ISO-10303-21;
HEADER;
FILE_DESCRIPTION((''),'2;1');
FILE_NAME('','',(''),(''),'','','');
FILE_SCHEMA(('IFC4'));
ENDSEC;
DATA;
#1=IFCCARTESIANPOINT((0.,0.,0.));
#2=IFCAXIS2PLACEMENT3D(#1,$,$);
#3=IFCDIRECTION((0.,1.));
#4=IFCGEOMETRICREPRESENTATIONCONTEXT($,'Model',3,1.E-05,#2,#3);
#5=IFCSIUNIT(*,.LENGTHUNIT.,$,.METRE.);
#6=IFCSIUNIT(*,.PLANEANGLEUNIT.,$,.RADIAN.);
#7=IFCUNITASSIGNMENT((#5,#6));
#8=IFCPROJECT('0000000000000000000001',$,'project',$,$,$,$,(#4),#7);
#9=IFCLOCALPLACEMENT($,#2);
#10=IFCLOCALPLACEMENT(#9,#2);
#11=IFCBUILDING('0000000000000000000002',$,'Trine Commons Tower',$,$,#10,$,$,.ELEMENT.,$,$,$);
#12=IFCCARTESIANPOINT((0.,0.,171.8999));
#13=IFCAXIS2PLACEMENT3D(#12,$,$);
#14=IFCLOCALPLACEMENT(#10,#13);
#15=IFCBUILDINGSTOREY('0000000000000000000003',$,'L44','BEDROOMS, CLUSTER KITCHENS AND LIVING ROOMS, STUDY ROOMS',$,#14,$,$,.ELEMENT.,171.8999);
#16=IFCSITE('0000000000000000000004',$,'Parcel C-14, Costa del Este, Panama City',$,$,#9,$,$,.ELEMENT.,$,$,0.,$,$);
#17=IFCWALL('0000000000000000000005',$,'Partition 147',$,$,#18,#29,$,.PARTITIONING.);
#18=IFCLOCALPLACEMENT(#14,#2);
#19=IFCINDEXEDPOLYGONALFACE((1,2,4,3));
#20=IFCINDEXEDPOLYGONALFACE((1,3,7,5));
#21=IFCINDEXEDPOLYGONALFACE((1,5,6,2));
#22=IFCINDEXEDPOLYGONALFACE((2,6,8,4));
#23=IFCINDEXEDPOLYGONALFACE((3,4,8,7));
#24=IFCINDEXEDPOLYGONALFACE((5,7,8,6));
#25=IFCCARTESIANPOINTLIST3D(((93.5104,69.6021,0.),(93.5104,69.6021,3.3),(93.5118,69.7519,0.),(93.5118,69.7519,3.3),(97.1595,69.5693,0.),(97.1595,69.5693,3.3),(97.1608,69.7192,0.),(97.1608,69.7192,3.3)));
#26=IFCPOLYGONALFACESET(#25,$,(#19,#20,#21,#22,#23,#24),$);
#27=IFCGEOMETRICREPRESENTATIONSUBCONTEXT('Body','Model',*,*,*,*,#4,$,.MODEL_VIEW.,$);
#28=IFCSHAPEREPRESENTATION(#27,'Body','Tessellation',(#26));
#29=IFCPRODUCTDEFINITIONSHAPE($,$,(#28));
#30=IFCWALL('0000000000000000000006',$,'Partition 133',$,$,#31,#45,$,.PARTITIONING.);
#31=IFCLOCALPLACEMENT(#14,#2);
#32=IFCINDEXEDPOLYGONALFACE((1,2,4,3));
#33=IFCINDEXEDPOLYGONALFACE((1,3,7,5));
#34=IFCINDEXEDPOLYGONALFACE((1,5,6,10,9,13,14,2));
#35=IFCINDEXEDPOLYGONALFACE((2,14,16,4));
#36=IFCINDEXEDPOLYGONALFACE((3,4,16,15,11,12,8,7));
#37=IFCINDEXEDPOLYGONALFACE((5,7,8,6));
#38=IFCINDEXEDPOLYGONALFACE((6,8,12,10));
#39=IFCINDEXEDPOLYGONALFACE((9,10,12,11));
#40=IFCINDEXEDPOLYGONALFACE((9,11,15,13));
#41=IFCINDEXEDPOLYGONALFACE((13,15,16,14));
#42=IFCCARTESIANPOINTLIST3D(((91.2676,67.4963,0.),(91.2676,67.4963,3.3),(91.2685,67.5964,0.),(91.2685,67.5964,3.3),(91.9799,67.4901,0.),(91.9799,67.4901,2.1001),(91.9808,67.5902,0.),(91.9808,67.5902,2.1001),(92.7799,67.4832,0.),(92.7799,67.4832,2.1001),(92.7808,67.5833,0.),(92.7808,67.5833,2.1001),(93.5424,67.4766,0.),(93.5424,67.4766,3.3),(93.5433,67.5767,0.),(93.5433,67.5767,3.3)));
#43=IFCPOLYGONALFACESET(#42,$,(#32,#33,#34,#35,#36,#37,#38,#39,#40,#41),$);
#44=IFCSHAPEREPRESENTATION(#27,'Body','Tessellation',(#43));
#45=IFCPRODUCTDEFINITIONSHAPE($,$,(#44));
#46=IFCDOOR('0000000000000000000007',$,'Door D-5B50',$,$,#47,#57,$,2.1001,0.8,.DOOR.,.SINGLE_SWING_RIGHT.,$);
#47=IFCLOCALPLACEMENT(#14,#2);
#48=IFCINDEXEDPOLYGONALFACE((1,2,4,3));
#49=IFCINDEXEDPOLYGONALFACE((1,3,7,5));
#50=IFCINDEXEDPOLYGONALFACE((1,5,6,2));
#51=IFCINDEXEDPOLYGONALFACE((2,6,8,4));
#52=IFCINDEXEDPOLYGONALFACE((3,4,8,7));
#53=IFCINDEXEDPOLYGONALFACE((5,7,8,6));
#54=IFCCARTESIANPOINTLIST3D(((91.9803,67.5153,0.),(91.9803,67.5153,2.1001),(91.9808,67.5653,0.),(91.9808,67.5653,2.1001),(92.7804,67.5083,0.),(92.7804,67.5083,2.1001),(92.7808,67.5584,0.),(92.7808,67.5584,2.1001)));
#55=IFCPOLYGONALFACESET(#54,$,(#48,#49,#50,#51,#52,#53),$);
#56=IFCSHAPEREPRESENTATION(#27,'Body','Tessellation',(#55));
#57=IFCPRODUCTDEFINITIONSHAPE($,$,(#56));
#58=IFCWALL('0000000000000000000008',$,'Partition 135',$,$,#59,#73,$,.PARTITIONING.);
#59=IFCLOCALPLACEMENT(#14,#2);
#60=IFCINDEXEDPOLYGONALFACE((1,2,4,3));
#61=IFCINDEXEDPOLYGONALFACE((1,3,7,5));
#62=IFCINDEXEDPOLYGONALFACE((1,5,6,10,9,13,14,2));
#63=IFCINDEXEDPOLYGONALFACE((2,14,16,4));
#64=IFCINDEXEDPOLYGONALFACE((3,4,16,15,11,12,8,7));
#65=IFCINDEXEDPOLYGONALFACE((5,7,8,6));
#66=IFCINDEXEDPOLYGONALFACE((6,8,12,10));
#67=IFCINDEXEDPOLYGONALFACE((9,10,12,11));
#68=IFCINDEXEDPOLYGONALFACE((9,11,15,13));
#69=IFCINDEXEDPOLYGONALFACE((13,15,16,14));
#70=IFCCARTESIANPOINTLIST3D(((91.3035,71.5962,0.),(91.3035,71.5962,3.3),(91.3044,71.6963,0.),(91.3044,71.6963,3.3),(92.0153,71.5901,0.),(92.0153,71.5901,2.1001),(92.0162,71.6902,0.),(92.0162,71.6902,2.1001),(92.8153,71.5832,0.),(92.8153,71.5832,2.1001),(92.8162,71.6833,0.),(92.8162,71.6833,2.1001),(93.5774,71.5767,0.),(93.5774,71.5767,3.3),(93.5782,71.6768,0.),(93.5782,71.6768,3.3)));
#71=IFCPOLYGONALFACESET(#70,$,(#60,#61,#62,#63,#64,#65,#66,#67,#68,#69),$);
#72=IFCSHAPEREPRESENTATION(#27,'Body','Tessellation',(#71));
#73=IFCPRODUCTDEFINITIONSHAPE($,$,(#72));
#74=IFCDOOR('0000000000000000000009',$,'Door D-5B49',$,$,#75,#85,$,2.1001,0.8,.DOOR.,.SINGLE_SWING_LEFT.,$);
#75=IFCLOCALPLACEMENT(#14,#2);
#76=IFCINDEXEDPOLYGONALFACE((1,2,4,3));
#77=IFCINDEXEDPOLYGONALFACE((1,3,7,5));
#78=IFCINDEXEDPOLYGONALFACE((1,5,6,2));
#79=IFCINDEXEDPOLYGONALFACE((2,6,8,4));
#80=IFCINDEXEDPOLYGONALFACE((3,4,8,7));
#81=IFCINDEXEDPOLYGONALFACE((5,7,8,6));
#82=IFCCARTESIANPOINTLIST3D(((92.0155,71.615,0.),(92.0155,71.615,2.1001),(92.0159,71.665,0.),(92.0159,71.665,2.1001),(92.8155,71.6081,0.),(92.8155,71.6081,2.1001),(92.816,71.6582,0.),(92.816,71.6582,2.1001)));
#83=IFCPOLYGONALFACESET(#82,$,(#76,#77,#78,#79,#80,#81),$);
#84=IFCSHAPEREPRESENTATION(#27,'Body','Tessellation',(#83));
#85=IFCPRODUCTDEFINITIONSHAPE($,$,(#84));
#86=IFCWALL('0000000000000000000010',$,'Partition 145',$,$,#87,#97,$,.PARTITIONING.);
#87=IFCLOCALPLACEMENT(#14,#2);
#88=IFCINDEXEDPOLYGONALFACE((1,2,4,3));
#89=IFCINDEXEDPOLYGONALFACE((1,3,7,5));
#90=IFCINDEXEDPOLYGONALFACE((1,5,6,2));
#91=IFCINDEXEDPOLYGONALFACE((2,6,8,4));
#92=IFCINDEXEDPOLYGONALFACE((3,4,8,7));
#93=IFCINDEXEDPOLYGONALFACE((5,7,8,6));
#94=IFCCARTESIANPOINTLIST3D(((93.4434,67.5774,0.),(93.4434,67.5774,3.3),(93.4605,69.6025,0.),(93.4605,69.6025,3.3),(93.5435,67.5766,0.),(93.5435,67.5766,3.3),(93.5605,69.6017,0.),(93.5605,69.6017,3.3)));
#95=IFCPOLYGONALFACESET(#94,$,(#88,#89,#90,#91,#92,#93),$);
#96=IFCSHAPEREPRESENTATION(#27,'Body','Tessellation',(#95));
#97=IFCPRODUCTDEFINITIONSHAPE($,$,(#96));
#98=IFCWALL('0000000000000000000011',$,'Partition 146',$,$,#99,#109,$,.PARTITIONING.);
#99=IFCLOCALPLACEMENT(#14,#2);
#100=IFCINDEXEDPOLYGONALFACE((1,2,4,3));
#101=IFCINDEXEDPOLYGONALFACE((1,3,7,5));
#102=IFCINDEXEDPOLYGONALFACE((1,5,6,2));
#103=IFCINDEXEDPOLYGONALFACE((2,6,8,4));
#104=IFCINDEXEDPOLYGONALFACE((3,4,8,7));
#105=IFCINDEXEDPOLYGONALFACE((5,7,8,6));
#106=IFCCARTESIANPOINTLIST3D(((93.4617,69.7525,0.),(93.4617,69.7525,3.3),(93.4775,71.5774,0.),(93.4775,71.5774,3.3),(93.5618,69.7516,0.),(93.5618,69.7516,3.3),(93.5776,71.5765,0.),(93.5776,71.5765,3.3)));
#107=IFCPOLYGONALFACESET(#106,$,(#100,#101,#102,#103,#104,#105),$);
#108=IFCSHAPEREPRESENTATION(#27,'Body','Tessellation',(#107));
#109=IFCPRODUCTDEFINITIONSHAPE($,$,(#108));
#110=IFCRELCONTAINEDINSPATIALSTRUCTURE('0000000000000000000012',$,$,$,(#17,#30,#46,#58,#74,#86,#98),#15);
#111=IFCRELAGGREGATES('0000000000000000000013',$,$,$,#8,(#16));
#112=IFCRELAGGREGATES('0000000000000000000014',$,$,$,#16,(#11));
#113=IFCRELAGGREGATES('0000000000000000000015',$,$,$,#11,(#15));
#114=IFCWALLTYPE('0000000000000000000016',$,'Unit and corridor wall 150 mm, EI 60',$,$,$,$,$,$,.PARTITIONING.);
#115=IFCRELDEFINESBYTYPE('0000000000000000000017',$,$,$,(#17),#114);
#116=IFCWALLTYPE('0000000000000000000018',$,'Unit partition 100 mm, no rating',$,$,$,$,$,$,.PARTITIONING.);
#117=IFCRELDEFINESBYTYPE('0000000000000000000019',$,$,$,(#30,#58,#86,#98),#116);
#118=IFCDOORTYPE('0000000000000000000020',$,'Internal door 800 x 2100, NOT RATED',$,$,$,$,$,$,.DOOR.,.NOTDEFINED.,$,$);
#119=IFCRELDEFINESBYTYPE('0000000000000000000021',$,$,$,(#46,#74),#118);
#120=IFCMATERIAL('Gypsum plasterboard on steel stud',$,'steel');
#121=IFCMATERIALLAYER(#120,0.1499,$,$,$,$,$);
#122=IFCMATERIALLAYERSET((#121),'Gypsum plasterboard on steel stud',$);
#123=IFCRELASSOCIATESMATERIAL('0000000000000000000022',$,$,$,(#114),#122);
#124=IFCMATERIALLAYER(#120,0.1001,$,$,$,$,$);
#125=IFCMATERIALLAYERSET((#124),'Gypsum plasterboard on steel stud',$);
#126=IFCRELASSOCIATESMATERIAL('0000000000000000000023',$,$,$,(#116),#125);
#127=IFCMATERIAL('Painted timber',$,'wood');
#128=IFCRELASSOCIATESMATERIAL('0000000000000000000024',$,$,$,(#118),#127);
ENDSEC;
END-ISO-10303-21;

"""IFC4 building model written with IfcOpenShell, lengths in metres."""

from ifc_helpers import new_model, si_unit, direction, frame, frame_2d, origin, place, context, subcontext, project, spatial, rectangle, extrude, material, layer, layer_set, type_object, element, fill, save


model = new_model("IFC4")

# Units and contexts
model_context = context("Model", 3, precision=1e-05, world=origin(), true_north=direction((0.0, 1.0)))
body_context = subcontext(model_context, "Body", "Model", "MODEL_VIEW")
ifc_project = project(units=[si_unit("LENGTHUNIT", "METRE"), si_unit("PLANEANGLEUNIT", "RADIAN")], contexts=[model_context])

# Site, building, storey
site_placement = place(None, origin())
site = spatial("IfcSite", under=ifc_project, at=site_placement, Name="Parcel C-14, Costa del Este, Panama City", CompositionType="ELEMENT", RefElevation=0.0)
building_placement = place(site_placement, origin())
building = spatial("IfcBuilding", under=site, at=building_placement, Name="Trine Commons Tower", CompositionType="ELEMENT")
storey_placement = place(building_placement, frame((0.0, 0.0, 171.8999)))
storey = spatial("IfcBuildingStorey", under=building, at=storey_placement, Name="L44", Description="BEDROOMS, CLUSTER KITCHENS AND LIVING ROOMS, STUDY ROOMS", CompositionType="ELEMENT", Elevation=171.8999)

# Shared definitions
ifc_material_1 = material(Name="Gypsum plasterboard on steel stud", Category="steel")
ifc_layer_1 = layer(ifc_material_1, 0.1499)
ifc_layer_set_1 = layer_set([ifc_layer_1], Name="Gypsum plasterboard on steel stud")
wall_type_1 = type_object("IfcWallType", Name="Unit and corridor wall 150 mm, EI 60", PredefinedType="PARTITIONING", material=ifc_layer_set_1)

# Wall
wall_1_placement = place(storey_placement, frame((93.511, 69.677, 0.0), z_axis=(0.0, 0.0, 1.0), x_axis=(0.99996, -0.008965, 0.0)))
element("IfcWall", 1, at=wall_1_placement, inside=storey, type_object=wall_type_1, Name="Partition 147", PredefinedType="PARTITIONING", context=body_context, shape_type="SweptSolid", body=[
    extrude(rectangle(XDim=3.6492, YDim=0.1499, at=frame_2d((1.8247, 0.0))), origin(), (0.0, 0.0, 1.0), 3.3),
])

# Walls, openings, doors
ifc_layer_2 = layer(ifc_material_1, 0.1001)
ifc_layer_set_2 = layer_set([ifc_layer_2], Name="Gypsum plasterboard on steel stud")
wall_type_2 = type_object("IfcWallType", Name="Unit partition 100 mm, no rating", PredefinedType="PARTITIONING", material=ifc_layer_set_2)
wall_2_placement = place(storey_placement, frame((91.2681, 67.5464, 0.0), z_axis=(0.0, 0.0, 1.0), x_axis=(0.999962, -0.008693, 0.0)))
wall_2 = element("IfcWall", 2, at=wall_2_placement, inside=storey, type_object=wall_type_2, Name="Partition 133", PredefinedType="PARTITIONING", context=body_context, shape_type="SweptSolid", body=[
    extrude(rectangle(XDim=2.2749, YDim=0.1001, at=frame_2d((1.1375, 0.0))), origin(), (0.0, 0.0, 1.0), 3.3),
])
opening_1_placement = place(wall_2_placement, frame((0.7124, 0.0, 0.0)))
opening_1 = element("IfcOpeningElement", 3, at=opening_1_placement, cuts=wall_2, PredefinedType="OPENING", context=body_context, shape_type="SweptSolid", body=[
    extrude(rectangle(XDim=0.8, YDim=2.1001, at=frame_2d((0.3999, 1.05))), frame((0.0, 0.0601, 0.0), z_axis=(0.0, -1.0, 0.0), x_axis=(1.0, 0.0, 0.0)), (0.0, 0.0, 1.0), 0.1201),
])
ifc_material_2 = material(Name="Painted timber", Category="wood")
door_type_1 = type_object("IfcDoorType", Name="Internal door 800 x 2100, NOT RATED", OperationType="NOTDEFINED", PredefinedType="DOOR", material=ifc_material_2)
door_1_placement = place(opening_1_placement, frame((0.8, 0.0, 0.0), z_axis=(0.0, 0.0, 1.0), x_axis=(-1.0, 0.0, 0.0)))
door_1 = element("IfcDoor", 4, at=door_1_placement, inside=storey, type_object=door_type_1, Name="Door D-5B50", OperationType="SINGLE_SWING_RIGHT", OverallHeight=2.1001, OverallWidth=0.8, PredefinedType="DOOR", context=body_context, shape_type="SweptSolid", body=[
    extrude(rectangle(XDim=0.8, YDim=2.1001, at=frame_2d((0.3999, 1.05))), frame((0.0, 0.0249, 0.0), z_axis=(0.0, -1.0, 0.0), x_axis=(1.0, 0.0, 0.0)), (0.0, 0.0, 1.0), 0.05),
])
fill(opening_1, door_1)
wall_3_placement = place(storey_placement, frame((91.304, 71.6462, 0.0), z_axis=(0.0, 0.0, 1.0), x_axis=(0.999963, -0.008589, 0.0)))
wall_3 = element("IfcWall", 5, at=wall_3_placement, inside=storey, type_object=wall_type_2, Name="Partition 135", PredefinedType="PARTITIONING", context=body_context, shape_type="SweptSolid", body=[
    extrude(rectangle(XDim=2.2739, YDim=0.1001, at=frame_2d((1.137, 0.0))), origin(), (0.0, 0.0, 1.0), 3.3),
])
opening_2_placement = place(wall_3_placement, frame((0.7119, 0.0, 0.0)))
opening_2 = element("IfcOpeningElement", 6, at=opening_2_placement, cuts=wall_3, PredefinedType="OPENING", context=body_context, shape_type="SweptSolid", body=[
    extrude(rectangle(XDim=0.8, YDim=2.1001, at=frame_2d((0.3999, 1.05))), frame((0.0, 0.0601, 0.0), z_axis=(0.0, -1.0, 0.0), x_axis=(1.0, 0.0, 0.0)), (0.0, 0.0, 1.0), 0.1201),
])
door_2_placement = place(opening_2_placement, origin())
door_2 = element("IfcDoor", 7, at=door_2_placement, inside=storey, type_object=door_type_1, Name="Door D-5B49", OperationType="SINGLE_SWING_LEFT", OverallHeight=2.1001, OverallWidth=0.8, PredefinedType="DOOR", context=body_context, shape_type="SweptSolid", body=[
    extrude(rectangle(XDim=0.8, YDim=2.1001, at=frame_2d((0.3999, 1.05))), frame((0.0, 0.0249, 0.0), z_axis=(0.0, -1.0, 0.0), x_axis=(1.0, 0.0, 0.0)), (0.0, 0.0, 1.0), 0.05),
])
fill(opening_2, door_2)

# Walls
wall_4_placement = place(storey_placement, frame((93.4934, 67.5769, 0.0), z_axis=(0.0, 0.0, 1.0), x_axis=(0.008439, 0.999964, 0.0)))
element("IfcWall", 8, at=wall_4_placement, inside=storey, type_object=wall_type_2, Name="Partition 145", PredefinedType="PARTITIONING", context=body_context, shape_type="SweptSolid", body=[
    extrude(rectangle(XDim=2.0251, YDim=0.1001, at=frame_2d((1.0127, 0.0))), origin(), (0.0, 0.0, 1.0), 3.3),
])
wall_5_placement = place(storey_placement, frame((93.5117, 69.752, 0.0), z_axis=(0.0, 0.0, 1.0), x_axis=(0.008695, 0.999962, 0.0)))
element("IfcWall", 9, at=wall_5_placement, inside=storey, type_object=wall_type_2, Name="Partition 146", PredefinedType="PARTITIONING", context=body_context, shape_type="SweptSolid", body=[
    extrude(rectangle(XDim=1.825, YDim=0.1001, at=frame_2d((0.9126, 0.0))), origin(), (0.0, 0.0, 1.0), 3.3),
])

save(model, "model.ifc")
